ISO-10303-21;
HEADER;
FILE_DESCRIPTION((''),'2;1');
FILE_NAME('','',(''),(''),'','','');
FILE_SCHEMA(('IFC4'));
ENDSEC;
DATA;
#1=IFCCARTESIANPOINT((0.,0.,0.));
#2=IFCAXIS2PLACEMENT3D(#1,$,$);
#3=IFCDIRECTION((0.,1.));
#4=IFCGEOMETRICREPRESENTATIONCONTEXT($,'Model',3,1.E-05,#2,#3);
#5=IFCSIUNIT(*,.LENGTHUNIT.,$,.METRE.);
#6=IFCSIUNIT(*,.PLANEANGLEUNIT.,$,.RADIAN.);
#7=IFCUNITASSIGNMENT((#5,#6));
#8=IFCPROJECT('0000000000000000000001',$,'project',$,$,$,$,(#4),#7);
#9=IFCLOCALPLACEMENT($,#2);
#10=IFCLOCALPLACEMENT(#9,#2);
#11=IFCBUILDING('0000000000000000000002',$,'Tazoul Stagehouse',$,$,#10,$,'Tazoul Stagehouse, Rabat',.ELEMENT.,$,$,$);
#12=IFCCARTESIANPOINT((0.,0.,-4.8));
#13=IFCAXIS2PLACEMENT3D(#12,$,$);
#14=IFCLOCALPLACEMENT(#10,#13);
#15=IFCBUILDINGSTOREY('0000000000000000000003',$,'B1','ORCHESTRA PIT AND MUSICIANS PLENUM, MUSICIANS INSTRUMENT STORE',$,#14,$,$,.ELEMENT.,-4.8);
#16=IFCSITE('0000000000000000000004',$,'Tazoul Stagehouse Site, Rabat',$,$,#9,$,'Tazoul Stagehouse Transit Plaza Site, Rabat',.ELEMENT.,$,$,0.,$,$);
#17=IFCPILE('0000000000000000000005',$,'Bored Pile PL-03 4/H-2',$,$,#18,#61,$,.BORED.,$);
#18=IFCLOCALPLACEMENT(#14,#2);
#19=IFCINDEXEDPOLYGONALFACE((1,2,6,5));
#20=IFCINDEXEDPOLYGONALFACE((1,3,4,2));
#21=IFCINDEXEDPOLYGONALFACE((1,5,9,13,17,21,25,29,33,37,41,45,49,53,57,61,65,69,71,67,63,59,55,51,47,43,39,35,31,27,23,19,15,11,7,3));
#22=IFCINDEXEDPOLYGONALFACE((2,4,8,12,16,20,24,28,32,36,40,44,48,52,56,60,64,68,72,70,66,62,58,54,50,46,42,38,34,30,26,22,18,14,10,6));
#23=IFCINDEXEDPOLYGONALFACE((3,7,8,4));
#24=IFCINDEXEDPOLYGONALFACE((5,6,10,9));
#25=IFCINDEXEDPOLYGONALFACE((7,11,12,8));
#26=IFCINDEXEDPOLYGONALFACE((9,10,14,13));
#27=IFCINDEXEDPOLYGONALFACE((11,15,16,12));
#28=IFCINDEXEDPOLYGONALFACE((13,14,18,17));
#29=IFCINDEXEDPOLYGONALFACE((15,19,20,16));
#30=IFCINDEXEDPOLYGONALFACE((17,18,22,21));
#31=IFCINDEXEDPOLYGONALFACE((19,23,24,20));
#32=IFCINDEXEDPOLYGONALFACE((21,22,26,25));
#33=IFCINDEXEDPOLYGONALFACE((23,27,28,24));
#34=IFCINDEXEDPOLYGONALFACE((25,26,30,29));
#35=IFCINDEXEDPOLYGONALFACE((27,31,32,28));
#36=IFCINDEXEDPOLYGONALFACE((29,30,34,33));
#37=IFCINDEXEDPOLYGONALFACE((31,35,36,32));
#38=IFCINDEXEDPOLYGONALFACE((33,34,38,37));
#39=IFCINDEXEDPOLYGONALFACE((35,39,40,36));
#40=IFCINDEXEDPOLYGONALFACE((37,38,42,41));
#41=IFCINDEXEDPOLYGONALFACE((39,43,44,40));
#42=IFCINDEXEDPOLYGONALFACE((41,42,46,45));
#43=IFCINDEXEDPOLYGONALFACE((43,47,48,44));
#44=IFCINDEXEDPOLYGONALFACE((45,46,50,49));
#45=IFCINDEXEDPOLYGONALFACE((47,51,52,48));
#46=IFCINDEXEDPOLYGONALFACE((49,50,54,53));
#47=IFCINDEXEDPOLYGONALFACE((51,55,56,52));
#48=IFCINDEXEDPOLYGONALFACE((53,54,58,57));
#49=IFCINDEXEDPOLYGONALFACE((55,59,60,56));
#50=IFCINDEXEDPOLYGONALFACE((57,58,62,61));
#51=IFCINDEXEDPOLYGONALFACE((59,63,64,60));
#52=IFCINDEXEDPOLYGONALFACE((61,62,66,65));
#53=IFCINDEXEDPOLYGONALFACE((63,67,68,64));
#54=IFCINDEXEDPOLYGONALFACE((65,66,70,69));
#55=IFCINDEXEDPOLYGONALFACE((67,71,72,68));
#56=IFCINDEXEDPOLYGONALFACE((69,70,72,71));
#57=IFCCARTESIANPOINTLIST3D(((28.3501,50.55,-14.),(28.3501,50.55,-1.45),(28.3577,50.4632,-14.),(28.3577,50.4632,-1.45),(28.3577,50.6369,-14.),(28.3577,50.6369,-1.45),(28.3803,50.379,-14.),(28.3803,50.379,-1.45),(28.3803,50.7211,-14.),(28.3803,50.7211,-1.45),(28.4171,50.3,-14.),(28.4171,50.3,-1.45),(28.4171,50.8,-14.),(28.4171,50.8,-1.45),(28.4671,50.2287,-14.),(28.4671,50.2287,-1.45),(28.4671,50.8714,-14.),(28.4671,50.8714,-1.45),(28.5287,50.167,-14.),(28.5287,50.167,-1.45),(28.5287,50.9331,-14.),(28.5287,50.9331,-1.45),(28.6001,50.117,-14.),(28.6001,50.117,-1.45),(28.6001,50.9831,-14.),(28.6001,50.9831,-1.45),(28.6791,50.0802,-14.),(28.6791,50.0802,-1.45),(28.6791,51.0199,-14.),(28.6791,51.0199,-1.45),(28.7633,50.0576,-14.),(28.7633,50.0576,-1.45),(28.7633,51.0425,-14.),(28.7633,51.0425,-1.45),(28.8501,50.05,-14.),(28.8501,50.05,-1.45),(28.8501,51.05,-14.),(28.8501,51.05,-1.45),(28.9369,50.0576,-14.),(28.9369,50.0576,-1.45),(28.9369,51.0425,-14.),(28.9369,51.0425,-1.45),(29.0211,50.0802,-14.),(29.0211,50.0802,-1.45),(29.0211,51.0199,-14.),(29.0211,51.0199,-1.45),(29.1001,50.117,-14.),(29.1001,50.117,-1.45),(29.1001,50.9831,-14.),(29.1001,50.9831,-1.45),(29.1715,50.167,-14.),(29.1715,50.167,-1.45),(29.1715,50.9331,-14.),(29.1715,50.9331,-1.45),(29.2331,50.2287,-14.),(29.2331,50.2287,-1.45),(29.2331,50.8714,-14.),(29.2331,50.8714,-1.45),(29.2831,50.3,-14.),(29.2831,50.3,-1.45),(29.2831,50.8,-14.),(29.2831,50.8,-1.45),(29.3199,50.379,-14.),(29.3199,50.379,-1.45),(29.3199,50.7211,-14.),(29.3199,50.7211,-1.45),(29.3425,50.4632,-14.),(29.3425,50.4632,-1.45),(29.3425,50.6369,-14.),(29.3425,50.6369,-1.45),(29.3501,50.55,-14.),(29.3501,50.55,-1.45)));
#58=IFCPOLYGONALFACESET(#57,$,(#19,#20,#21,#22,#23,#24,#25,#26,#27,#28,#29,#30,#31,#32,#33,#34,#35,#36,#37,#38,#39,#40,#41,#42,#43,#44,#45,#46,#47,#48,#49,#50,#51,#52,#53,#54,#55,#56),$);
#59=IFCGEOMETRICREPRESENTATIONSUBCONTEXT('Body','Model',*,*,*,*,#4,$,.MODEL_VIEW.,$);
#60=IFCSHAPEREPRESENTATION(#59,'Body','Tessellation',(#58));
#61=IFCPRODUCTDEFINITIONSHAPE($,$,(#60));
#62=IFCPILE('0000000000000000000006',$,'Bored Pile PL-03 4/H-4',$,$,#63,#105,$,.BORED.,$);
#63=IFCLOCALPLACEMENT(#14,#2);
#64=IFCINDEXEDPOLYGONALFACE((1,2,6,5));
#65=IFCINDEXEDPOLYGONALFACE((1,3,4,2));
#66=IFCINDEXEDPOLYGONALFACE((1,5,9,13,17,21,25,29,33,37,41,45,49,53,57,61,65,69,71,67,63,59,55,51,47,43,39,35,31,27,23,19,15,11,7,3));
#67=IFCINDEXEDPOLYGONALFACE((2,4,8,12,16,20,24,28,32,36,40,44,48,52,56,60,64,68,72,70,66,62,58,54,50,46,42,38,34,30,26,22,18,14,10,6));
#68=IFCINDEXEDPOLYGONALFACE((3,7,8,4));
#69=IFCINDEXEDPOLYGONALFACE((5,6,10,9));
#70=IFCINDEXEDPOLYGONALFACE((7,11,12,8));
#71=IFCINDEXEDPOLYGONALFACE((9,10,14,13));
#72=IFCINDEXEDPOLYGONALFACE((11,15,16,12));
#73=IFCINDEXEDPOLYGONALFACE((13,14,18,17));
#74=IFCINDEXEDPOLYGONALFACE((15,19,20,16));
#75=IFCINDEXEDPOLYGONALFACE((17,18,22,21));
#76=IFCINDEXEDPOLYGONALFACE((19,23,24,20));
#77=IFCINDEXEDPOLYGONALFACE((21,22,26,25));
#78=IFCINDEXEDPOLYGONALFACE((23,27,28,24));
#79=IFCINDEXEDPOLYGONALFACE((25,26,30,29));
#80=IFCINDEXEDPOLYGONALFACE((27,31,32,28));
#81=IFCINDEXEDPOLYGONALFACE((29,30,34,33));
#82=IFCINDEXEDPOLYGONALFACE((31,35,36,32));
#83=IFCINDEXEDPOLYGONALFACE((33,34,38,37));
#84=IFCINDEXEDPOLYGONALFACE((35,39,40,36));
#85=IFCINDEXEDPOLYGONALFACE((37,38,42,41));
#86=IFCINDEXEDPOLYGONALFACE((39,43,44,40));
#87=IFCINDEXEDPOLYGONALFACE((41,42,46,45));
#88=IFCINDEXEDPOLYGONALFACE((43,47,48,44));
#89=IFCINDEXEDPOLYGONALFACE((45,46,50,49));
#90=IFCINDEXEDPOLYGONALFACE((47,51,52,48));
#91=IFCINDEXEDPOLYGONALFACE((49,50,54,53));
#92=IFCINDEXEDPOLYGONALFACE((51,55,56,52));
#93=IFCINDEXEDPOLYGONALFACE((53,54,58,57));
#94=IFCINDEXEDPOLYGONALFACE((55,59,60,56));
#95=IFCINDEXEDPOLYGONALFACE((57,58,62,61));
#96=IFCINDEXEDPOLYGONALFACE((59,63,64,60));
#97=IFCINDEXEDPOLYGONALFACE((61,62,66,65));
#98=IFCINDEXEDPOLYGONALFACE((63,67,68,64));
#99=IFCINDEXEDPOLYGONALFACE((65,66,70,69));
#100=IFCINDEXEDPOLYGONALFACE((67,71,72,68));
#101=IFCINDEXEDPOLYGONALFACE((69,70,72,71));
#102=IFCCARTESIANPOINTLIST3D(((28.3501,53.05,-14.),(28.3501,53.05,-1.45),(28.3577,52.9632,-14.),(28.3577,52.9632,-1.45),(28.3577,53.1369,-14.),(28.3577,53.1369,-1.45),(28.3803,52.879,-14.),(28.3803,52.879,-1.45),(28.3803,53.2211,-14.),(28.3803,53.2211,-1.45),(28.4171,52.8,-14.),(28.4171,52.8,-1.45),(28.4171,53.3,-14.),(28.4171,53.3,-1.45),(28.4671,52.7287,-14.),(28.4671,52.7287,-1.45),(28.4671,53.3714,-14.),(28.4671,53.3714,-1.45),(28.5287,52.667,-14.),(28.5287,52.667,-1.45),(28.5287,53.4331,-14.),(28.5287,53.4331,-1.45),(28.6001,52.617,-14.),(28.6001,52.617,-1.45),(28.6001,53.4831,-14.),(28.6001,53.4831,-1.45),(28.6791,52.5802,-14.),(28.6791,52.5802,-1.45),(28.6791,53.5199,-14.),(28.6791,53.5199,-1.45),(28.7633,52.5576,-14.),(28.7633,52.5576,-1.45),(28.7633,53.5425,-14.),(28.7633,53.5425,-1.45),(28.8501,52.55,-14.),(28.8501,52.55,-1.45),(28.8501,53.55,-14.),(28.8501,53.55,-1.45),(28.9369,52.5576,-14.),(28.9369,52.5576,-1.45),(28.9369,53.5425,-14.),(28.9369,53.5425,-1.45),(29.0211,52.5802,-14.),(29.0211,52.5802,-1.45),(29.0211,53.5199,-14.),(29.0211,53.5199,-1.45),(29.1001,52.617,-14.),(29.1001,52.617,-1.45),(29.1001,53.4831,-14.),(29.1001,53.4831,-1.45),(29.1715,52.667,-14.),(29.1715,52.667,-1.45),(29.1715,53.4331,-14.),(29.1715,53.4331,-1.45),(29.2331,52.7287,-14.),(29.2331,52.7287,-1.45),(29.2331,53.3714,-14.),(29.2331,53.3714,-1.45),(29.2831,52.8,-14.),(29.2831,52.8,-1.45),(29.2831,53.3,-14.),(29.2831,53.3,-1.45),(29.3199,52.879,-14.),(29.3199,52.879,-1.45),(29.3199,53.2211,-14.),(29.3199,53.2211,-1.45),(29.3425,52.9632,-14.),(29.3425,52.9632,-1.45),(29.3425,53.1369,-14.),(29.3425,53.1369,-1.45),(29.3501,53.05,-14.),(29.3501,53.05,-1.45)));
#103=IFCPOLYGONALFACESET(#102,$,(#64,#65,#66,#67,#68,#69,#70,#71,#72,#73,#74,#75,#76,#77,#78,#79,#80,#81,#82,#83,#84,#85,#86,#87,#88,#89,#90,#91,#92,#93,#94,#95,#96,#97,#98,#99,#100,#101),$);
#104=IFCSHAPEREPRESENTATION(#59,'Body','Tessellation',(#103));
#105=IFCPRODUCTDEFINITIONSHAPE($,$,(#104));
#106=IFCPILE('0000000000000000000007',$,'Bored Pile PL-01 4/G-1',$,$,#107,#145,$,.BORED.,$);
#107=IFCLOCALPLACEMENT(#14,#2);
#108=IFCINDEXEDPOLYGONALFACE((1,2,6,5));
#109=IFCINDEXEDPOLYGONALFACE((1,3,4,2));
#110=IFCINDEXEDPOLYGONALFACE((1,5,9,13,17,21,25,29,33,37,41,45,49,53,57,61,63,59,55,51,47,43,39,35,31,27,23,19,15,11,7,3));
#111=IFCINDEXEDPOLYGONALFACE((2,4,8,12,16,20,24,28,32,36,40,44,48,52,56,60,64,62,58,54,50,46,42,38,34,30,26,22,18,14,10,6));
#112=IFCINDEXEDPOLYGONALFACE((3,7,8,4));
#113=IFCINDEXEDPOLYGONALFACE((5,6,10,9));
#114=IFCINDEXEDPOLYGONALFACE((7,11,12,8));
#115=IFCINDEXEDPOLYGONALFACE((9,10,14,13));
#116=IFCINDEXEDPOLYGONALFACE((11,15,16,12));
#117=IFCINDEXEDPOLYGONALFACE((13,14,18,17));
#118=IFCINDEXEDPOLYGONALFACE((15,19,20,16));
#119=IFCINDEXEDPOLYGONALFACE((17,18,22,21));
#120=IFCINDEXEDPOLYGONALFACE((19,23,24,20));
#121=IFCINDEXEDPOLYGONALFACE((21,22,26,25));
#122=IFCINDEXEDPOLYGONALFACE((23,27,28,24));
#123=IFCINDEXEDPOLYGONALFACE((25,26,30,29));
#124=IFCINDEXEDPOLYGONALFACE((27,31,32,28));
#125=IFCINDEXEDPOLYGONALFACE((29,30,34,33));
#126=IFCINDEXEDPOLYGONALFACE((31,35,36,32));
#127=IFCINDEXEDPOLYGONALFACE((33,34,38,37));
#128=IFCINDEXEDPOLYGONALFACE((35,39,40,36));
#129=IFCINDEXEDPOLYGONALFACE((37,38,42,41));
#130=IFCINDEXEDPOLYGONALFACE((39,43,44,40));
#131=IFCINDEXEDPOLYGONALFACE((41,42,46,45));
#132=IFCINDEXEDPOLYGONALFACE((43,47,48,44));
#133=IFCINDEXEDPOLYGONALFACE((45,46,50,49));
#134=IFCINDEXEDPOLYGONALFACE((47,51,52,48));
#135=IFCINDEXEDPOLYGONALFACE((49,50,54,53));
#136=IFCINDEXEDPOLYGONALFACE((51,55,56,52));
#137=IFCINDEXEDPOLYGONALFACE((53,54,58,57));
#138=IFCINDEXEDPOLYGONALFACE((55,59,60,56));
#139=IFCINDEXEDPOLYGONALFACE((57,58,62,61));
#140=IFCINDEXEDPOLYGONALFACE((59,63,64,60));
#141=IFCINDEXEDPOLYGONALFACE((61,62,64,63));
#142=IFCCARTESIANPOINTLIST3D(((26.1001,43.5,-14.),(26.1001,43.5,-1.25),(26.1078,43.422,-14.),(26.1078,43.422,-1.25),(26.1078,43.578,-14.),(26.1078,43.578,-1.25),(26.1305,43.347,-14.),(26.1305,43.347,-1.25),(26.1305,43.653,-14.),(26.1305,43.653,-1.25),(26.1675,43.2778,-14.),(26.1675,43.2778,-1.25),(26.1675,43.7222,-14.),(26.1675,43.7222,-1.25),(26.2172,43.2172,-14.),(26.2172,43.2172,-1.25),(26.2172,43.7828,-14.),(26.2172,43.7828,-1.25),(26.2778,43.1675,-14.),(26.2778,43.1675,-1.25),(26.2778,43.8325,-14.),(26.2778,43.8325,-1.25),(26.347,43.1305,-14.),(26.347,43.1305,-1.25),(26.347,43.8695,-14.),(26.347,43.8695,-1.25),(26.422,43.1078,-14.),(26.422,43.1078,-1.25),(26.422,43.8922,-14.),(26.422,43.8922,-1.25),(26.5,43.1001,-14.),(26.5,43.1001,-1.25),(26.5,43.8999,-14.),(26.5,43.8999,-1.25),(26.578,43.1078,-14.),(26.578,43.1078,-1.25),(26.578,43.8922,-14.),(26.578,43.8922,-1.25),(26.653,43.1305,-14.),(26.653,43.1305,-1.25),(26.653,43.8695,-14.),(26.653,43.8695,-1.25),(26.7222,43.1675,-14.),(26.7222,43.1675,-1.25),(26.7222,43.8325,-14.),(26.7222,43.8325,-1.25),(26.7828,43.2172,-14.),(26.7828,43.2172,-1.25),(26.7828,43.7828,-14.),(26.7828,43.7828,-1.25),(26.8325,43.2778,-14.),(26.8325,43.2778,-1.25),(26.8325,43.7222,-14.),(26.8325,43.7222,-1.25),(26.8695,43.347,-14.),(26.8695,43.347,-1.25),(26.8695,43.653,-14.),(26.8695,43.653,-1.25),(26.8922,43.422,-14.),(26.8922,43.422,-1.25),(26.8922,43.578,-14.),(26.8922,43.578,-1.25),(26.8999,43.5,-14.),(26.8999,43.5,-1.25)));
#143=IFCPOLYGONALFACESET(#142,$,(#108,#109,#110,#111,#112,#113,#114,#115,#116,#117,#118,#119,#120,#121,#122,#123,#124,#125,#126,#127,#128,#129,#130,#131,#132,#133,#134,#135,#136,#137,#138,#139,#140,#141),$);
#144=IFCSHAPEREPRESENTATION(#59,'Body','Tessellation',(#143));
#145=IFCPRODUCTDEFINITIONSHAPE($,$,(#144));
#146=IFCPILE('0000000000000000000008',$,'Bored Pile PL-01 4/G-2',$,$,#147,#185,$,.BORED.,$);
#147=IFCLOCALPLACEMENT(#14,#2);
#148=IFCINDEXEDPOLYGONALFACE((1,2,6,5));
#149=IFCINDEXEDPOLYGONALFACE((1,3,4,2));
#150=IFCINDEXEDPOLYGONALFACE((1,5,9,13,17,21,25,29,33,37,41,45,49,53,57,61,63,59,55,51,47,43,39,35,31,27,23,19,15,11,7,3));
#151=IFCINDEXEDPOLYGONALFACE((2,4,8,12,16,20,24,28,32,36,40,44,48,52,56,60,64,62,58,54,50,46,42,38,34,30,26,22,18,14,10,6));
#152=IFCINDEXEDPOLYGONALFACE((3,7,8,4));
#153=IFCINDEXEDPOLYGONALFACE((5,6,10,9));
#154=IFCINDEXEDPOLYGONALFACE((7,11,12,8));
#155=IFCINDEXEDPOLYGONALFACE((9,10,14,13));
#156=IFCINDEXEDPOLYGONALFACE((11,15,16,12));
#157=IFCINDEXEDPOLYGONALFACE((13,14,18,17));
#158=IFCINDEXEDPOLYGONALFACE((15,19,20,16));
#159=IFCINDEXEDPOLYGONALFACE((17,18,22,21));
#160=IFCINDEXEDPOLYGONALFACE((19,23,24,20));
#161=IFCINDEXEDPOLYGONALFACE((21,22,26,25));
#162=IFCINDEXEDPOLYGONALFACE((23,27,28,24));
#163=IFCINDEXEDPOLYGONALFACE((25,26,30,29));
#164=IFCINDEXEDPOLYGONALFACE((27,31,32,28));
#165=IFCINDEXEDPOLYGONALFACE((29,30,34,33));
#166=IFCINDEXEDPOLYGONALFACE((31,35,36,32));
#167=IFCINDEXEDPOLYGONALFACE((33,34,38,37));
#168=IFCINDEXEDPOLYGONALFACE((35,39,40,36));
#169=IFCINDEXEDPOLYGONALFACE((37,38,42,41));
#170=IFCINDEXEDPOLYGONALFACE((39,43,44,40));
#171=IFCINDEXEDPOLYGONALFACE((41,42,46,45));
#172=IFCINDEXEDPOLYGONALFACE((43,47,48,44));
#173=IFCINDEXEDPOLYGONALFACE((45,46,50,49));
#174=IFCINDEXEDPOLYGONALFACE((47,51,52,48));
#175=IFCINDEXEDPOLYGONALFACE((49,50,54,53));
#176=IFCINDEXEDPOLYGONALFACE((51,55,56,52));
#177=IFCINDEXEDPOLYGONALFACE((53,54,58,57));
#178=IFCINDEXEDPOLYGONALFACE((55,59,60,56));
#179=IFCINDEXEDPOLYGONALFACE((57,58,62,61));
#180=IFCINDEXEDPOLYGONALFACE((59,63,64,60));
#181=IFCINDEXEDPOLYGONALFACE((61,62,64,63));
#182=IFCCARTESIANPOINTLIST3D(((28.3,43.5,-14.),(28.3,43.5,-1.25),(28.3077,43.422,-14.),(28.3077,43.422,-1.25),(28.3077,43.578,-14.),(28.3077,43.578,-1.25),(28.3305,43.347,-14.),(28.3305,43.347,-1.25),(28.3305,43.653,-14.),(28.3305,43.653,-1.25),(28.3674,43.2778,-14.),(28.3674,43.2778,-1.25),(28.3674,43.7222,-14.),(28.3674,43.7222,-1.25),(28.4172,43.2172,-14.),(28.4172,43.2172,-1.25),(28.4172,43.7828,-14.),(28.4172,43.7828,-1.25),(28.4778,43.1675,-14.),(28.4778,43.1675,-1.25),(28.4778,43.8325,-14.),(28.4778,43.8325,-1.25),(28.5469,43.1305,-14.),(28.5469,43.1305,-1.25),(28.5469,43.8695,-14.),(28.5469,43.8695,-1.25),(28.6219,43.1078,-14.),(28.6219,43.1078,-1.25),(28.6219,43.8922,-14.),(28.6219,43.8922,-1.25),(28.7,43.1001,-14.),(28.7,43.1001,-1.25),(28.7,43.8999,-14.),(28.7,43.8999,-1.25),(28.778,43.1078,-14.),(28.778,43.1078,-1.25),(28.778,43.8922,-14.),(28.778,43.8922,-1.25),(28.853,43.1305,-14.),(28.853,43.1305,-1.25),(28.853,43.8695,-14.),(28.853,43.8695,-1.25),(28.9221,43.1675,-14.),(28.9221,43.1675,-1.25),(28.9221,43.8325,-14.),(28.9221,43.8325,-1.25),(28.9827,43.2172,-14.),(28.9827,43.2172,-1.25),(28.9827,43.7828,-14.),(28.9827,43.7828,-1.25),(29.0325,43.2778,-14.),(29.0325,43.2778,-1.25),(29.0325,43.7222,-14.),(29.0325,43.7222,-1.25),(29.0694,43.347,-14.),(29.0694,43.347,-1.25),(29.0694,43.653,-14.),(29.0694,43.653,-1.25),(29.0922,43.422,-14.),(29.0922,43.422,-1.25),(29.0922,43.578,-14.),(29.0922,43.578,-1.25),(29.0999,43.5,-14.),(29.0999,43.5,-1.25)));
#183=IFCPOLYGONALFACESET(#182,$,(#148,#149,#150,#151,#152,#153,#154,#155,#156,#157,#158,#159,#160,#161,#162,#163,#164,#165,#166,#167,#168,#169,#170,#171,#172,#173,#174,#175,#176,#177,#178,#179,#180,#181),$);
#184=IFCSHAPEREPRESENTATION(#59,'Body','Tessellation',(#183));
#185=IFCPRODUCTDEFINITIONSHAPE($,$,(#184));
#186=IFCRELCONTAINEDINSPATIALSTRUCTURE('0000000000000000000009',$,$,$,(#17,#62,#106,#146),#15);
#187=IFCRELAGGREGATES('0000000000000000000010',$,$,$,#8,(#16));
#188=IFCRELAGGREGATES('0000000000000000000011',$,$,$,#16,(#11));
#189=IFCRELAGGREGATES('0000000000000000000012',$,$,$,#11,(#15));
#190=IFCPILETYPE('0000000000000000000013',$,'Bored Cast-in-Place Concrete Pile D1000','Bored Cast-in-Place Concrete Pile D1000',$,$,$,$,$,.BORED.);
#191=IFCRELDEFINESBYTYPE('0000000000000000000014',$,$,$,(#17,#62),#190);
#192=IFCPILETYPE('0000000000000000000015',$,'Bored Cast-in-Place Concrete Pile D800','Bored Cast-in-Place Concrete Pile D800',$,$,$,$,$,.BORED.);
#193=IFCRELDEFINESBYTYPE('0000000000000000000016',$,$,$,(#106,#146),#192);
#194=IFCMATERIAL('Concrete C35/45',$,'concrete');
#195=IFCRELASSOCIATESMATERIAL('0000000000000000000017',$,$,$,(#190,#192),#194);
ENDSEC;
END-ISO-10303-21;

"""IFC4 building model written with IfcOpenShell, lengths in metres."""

from ifc_helpers import new_model, si_unit, direction, frame, origin, origin_2d, place, context, subcontext, project, spatial, circle, extrude, material, material_profile, profile_set, type_object, element, save


model = new_model("IFC4")

# Units and contexts
model_context = context("Model", 3, precision=1e-05, world=origin(), true_north=direction((0.0, 1.0)))
body_context = subcontext(model_context, "Body", "Model", "MODEL_VIEW")
ifc_project = project(units=[si_unit("LENGTHUNIT", "METRE"), si_unit("PLANEANGLEUNIT", "RADIAN")], contexts=[model_context])

# Site, building, storey
site_placement = place(None, origin())
site = spatial("IfcSite", under=ifc_project, at=site_placement, Name="Tazoul Stagehouse Site, Rabat", LongName="Tazoul Stagehouse Transit Plaza Site, Rabat", CompositionType="ELEMENT", RefElevation=0.0)
building_placement = place(site_placement, origin())
building = spatial("IfcBuilding", under=site, at=building_placement, Name="Tazoul Stagehouse", LongName="Tazoul Stagehouse, Rabat", CompositionType="ELEMENT")
storey_placement = place(building_placement, frame((0.0, 0.0, -4.8)))
storey = spatial("IfcBuildingStorey", under=building, at=storey_placement, Name="B1", Description="ORCHESTRA PIT AND MUSICIANS PLENUM, MUSICIANS INSTRUMENT STORE", CompositionType="ELEMENT", Elevation=-4.8)

# Piles
ifc_material_1 = material(Name="Concrete C35/45", Category="concrete")
ifc_material_profile_1 = material_profile(ifc_material_1, circle(Radius=0.5, at=origin_2d()), Name="BORED PILE 1000")
ifc_profile_set_1 = profile_set([ifc_material_profile_1], Name="Concrete C35/45")
pile_type_1 = type_object("IfcPileType", Name="Bored Cast-in-Place Concrete Pile D1000", Description="Bored Cast-in-Place Concrete Pile D1000", PredefinedType="BORED", material=ifc_profile_set_1)
for number, where, z_axis, x_axis, name in (
    (1, (28.8501, 50.55, -1.45), (0.0, 0.0, -1.0), (1.0, 0.0, 0.0), "Bored Pile PL-03 4/H-2"),
    (2, (28.8501, 53.05, -1.45), (0.0, 0.0, -1.0), (1.0, 0.0, 0.0), "Bored Pile PL-03 4/H-4"),
):
    element("IfcPile", number, at=place(storey_placement, frame(where, z_axis=z_axis, x_axis=x_axis)), inside=storey, type_object=pile_type_1, Name=name, PredefinedType="BORED", context=body_context, shape_type="SweptSolid", body=[
        extrude(circle(Radius=0.5, at=origin_2d()), origin(), (0.0, 0.0, 1.0), 12.55),
    ])
ifc_material_profile_2 = material_profile(ifc_material_1, circle(Radius=0.3999, at=origin_2d()), Name="BORED PILE 800")
ifc_profile_set_2 = profile_set([ifc_material_profile_2], Name="Concrete C35/45")
pile_type_2 = type_object("IfcPileType", Name="Bored Cast-in-Place Concrete Pile D800", Description="Bored Cast-in-Place Concrete Pile D800", PredefinedType="BORED", material=ifc_profile_set_2)
for number, where, z_axis, x_axis, name in (
    (3, (26.5, 43.5, -1.25), (0.0, 0.0, -1.0), (1.0, 0.0, 0.0), "Bored Pile PL-01 4/G-1"),
    (4, (28.7, 43.5, -1.25), (0.0, 0.0, -1.0), (1.0, 0.0, 0.0), "Bored Pile PL-01 4/G-2"),
):
    element("IfcPile", number, at=place(storey_placement, frame(where, z_axis=z_axis, x_axis=x_axis)), inside=storey, type_object=pile_type_2, Name=name, PredefinedType="BORED", context=body_context, shape_type="SweptSolid", body=[
        extrude(circle(Radius=0.3999, at=origin_2d()), origin(), (0.0, 0.0, 1.0), 12.75),
    ])

save(model, "model.ifc")
